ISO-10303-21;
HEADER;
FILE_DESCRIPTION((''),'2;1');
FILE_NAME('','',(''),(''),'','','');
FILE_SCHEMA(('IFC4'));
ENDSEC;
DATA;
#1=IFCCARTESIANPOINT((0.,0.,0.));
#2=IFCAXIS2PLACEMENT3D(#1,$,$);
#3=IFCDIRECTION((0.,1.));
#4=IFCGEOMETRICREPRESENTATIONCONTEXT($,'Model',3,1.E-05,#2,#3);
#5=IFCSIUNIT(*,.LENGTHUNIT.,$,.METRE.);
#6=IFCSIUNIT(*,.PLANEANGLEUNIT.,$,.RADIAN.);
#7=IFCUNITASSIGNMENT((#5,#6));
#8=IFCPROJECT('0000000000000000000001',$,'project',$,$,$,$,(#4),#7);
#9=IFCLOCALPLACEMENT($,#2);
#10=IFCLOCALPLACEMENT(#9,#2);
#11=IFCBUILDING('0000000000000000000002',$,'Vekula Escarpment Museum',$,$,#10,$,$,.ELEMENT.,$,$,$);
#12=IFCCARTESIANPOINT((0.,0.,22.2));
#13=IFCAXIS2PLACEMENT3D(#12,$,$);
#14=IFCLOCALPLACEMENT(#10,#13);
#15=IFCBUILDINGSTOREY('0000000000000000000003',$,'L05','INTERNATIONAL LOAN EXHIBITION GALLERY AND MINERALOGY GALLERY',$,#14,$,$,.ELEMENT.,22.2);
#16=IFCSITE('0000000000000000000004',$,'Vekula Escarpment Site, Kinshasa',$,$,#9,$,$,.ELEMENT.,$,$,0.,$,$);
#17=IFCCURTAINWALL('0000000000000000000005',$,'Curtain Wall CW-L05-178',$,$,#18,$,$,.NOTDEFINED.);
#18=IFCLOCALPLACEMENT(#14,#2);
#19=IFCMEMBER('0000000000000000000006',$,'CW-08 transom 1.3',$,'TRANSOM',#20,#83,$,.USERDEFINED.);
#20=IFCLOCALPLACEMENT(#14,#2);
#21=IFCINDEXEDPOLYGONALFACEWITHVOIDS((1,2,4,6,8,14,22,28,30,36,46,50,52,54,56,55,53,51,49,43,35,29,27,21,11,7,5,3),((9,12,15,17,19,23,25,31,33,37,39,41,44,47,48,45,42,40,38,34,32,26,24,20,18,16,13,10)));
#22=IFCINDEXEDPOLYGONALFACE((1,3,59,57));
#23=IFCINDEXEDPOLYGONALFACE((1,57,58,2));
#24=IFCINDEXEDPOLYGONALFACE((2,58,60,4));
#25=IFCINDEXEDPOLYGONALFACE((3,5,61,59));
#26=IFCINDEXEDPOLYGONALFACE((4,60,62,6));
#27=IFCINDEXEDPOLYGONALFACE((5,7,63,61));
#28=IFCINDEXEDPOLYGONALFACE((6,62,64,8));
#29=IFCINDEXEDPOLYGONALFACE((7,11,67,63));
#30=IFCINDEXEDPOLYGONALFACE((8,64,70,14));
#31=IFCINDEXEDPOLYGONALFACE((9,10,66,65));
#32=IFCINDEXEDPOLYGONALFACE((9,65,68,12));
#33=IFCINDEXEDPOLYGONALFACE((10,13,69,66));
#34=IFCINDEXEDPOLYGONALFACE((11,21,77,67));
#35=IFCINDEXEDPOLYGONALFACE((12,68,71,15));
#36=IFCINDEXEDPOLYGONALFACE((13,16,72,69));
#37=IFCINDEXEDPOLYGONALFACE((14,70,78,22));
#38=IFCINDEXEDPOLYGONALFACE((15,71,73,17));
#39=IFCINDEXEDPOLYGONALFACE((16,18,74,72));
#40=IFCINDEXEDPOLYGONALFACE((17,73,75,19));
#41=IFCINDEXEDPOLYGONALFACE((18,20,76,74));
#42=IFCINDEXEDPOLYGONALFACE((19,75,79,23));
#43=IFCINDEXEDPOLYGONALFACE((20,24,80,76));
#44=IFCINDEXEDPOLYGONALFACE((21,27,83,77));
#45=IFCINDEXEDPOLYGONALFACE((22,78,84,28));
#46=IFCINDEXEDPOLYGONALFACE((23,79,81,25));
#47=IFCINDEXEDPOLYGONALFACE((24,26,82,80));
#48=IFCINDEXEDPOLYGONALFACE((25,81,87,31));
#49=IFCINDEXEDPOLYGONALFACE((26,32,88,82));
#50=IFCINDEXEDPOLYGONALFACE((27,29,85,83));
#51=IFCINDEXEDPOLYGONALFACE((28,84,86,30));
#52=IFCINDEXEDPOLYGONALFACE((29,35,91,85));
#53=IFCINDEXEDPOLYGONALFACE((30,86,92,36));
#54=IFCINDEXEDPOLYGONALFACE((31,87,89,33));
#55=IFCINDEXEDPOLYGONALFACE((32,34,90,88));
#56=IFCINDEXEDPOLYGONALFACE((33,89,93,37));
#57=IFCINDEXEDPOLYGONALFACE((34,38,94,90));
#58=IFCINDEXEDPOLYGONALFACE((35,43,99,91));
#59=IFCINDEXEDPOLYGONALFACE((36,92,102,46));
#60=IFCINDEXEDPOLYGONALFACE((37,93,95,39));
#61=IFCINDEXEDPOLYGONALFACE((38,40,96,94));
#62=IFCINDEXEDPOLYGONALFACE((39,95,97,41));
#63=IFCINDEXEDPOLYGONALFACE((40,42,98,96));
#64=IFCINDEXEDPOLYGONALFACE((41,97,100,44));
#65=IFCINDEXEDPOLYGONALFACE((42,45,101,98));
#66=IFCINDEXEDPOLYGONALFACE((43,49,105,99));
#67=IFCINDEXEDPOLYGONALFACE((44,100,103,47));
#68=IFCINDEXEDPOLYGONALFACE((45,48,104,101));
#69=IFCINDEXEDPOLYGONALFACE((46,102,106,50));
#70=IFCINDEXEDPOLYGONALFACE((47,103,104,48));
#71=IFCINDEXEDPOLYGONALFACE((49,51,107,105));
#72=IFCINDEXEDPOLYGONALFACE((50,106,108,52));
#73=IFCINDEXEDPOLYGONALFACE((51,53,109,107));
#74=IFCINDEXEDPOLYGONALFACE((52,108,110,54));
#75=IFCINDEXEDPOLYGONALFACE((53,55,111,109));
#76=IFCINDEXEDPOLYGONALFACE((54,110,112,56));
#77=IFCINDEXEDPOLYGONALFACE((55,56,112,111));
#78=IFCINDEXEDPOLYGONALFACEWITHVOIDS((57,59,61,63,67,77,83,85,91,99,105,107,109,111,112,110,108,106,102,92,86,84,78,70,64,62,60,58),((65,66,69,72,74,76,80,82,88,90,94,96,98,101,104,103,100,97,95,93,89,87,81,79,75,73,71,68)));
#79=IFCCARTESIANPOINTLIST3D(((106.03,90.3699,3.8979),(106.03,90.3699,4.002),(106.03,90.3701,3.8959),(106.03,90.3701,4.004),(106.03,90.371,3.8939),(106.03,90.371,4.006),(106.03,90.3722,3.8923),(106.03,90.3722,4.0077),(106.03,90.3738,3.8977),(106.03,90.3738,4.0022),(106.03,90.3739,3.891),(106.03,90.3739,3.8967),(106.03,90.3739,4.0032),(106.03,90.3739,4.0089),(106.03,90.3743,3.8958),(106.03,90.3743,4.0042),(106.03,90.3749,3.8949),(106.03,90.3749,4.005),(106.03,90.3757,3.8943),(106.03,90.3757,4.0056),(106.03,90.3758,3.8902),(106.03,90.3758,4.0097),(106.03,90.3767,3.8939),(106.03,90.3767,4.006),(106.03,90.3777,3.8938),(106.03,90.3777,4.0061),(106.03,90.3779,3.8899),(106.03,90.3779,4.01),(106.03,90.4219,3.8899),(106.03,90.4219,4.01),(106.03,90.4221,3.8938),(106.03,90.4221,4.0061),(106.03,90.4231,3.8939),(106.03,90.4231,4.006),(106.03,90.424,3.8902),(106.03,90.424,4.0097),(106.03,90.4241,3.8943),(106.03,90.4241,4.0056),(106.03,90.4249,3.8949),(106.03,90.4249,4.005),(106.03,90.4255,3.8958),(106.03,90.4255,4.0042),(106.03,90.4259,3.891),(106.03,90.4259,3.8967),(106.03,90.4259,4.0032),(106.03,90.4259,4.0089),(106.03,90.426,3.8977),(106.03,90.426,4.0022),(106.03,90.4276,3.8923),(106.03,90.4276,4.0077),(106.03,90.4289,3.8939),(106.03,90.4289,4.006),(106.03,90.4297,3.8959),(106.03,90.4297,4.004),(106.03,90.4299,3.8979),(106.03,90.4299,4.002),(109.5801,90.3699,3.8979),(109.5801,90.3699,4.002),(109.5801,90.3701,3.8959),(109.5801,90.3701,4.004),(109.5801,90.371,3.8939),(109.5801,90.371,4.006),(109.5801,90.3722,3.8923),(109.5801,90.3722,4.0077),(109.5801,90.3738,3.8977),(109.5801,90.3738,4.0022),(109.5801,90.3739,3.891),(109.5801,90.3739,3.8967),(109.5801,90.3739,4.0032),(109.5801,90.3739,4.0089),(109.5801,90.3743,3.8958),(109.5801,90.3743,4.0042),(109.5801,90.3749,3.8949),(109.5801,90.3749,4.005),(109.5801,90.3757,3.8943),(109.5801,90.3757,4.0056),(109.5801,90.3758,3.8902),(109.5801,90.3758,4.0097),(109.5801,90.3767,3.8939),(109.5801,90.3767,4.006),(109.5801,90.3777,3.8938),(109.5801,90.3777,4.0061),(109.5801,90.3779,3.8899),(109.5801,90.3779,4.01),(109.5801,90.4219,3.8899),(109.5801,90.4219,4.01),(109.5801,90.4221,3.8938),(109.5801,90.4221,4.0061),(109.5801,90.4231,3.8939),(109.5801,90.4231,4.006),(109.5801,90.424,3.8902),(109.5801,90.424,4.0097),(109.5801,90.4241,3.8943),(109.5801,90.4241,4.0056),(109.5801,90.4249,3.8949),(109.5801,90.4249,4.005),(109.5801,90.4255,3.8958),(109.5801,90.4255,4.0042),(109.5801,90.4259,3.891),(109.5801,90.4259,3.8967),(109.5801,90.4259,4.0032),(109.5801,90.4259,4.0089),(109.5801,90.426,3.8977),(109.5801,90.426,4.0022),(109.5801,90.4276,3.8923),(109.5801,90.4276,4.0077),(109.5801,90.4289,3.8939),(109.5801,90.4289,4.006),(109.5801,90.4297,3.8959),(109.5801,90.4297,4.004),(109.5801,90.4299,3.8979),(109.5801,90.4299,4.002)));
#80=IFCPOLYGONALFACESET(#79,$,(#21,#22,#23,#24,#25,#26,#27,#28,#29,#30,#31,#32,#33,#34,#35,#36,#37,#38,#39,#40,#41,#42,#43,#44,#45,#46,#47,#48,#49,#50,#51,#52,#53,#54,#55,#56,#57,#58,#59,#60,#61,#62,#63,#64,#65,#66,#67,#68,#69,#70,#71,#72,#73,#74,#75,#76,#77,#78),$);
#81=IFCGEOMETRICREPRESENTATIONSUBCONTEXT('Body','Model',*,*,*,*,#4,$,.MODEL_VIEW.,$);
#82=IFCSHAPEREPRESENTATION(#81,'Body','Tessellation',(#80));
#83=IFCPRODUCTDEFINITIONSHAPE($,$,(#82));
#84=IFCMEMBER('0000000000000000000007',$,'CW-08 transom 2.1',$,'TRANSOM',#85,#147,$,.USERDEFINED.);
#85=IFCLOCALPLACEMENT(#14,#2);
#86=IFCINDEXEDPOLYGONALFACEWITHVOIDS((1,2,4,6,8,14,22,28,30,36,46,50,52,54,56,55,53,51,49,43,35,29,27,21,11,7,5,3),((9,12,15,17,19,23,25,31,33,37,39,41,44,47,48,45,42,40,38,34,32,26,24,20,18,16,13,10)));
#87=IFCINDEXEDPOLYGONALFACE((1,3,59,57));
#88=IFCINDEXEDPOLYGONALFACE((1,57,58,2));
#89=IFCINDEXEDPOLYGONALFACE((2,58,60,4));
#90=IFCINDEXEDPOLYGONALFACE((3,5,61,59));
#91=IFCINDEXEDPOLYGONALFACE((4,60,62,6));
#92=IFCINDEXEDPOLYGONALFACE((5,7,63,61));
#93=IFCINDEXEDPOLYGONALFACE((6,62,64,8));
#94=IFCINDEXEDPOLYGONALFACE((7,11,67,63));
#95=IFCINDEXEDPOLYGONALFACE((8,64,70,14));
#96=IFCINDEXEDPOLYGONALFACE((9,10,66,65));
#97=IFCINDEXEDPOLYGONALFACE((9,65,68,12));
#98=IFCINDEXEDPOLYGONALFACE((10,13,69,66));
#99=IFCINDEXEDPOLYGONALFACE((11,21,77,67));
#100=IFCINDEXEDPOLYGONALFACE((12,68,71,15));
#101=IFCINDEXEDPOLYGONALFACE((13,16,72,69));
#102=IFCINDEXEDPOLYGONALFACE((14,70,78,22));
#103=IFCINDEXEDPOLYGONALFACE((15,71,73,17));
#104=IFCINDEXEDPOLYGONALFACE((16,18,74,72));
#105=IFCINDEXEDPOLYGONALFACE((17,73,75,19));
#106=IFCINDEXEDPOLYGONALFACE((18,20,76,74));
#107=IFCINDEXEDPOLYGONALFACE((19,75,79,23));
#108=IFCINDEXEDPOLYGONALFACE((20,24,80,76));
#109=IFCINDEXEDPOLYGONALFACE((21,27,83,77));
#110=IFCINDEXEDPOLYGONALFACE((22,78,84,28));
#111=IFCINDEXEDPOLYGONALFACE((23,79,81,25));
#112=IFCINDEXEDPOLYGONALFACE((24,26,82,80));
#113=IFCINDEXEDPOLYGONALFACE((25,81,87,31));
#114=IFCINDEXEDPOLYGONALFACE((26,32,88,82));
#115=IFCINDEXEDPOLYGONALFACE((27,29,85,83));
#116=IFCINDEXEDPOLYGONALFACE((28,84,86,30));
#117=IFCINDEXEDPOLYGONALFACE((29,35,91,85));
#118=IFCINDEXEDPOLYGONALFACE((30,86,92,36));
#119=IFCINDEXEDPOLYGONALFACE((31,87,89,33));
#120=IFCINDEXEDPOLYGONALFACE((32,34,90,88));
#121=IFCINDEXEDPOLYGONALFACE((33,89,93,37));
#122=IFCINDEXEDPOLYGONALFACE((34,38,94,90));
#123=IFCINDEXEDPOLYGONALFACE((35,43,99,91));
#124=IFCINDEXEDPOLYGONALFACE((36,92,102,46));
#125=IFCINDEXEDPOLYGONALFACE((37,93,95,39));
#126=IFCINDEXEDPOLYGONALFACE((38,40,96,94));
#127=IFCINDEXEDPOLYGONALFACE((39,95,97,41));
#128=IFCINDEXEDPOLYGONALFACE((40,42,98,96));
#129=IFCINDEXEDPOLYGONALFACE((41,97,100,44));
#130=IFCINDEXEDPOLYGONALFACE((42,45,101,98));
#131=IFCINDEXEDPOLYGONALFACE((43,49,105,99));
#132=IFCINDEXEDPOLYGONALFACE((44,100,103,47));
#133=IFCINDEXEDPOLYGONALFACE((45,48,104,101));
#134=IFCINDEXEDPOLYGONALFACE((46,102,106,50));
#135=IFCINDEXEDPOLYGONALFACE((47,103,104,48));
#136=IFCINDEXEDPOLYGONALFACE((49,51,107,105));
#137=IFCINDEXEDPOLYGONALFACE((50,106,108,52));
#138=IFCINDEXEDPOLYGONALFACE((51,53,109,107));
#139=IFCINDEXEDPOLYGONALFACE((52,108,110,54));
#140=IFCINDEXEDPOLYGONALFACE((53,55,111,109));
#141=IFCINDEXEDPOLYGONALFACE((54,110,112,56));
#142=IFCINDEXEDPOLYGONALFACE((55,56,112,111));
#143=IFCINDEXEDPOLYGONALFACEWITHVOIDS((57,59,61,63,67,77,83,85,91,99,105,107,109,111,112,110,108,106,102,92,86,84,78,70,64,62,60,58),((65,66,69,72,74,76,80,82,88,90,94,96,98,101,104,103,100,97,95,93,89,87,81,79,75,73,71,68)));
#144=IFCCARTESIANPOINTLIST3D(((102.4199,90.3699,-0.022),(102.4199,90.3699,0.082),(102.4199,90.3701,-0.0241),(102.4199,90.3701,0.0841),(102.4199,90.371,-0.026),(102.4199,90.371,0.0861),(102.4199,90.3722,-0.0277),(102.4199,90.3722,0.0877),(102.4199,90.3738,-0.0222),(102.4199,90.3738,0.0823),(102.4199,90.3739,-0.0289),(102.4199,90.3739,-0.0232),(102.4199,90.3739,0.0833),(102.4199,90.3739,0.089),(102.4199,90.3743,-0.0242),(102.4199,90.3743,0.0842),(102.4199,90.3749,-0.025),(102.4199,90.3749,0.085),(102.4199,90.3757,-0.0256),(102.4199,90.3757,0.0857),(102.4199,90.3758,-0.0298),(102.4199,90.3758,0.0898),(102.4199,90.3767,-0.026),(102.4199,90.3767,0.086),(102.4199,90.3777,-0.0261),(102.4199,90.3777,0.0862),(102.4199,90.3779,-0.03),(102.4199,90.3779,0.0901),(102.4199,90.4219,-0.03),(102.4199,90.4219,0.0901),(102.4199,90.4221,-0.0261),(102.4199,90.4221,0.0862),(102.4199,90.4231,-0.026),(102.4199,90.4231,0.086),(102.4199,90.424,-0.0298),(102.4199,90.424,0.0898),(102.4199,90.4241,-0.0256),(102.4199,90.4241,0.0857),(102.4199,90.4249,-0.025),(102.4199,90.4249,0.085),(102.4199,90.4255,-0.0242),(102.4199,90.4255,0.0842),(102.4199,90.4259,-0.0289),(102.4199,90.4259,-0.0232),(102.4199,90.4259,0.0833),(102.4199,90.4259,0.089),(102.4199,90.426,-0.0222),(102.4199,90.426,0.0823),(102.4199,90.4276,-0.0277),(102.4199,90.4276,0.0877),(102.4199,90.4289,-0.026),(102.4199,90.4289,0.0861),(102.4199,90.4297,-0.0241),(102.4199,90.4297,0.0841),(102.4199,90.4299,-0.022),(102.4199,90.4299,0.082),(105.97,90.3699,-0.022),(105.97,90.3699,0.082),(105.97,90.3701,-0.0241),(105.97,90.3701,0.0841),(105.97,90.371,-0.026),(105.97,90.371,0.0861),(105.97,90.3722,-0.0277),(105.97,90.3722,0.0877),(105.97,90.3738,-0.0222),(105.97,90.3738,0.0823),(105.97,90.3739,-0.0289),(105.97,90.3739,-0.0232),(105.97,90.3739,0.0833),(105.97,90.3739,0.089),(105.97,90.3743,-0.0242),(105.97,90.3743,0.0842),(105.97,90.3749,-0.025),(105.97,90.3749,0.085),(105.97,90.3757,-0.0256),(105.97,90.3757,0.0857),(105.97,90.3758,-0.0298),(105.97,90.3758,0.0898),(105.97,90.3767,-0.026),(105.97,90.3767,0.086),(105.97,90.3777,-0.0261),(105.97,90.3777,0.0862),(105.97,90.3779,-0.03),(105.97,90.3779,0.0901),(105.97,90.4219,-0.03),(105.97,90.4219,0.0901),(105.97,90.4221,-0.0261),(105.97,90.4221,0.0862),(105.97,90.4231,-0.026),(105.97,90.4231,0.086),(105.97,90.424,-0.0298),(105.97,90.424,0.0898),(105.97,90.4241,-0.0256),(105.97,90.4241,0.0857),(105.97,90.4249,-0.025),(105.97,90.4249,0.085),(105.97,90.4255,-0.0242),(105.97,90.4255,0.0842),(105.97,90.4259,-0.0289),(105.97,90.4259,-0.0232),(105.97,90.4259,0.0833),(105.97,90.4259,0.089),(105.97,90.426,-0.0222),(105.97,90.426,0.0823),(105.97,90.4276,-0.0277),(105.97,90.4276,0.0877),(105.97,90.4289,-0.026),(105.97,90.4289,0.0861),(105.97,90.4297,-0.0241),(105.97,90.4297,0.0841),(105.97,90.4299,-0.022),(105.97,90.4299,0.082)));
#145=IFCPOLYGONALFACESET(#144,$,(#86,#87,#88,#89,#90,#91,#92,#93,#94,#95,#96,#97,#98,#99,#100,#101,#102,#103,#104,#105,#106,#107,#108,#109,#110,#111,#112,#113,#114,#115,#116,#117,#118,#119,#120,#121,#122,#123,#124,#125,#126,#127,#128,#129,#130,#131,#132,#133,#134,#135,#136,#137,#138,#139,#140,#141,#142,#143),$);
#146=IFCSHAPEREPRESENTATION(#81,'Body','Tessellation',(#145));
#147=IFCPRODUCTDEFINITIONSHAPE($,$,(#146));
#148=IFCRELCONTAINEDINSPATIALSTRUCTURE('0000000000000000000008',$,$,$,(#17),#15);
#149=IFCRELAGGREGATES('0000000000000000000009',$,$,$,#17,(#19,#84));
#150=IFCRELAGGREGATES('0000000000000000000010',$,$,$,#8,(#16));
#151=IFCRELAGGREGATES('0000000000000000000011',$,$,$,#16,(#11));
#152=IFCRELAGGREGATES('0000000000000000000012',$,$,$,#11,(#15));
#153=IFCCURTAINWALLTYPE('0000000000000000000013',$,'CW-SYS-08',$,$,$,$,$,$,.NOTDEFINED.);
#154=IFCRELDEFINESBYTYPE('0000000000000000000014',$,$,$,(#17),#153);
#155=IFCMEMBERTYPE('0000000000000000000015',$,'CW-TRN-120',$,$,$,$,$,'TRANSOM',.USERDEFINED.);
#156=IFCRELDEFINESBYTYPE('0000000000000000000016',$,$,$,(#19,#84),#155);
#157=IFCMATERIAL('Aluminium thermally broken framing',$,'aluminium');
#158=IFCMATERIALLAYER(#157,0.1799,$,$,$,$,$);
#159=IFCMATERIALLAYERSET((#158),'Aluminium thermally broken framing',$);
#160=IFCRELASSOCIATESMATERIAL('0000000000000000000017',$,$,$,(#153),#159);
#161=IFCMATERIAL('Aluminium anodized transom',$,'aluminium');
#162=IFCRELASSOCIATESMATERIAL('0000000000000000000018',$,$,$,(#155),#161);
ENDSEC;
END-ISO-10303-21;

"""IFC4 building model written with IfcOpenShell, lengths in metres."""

from ifc_helpers import new_model, si_unit, direction, frame, origin, origin_2d, place, context, subcontext, project, spatial, hollow_rectangle, extrude, material, layer, layer_set, material_profile, profile_set, type_object, element, aggregate, save


model = new_model("IFC4")

# Units and contexts
model_context = context("Model", 3, precision=1e-05, world=origin(), true_north=direction((0.0, 1.0)))
body_context = subcontext(model_context, "Body", "Model", "MODEL_VIEW")
ifc_project = project(units=[si_unit("LENGTHUNIT", "METRE"), si_unit("PLANEANGLEUNIT", "RADIAN")], contexts=[model_context])

# Site, building, storey
site_placement = place(None, origin())
site = spatial("IfcSite", under=ifc_project, at=site_placement, Name="Vekula Escarpment Site, Kinshasa", CompositionType="ELEMENT", RefElevation=0.0)
building_placement = place(site_placement, origin())
building = spatial("IfcBuilding", under=site, at=building_placement, Name="Vekula Escarpment Museum", CompositionType="ELEMENT")
storey_placement = place(building_placement, frame((0.0, 0.0, 22.2)))
storey = spatial("IfcBuildingStorey", under=building, at=storey_placement, Name="L05", Description="INTERNATIONAL LOAN EXHIBITION GALLERY AND MINERALOGY GALLERY", CompositionType="ELEMENT", Elevation=22.2)

# Curtain wall, members
ifc_material_1 = material(Name="Aluminium thermally broken framing", Category="aluminium")
ifc_layer_1 = layer(ifc_material_1, 0.1799)
ifc_layer_set_1 = layer_set([ifc_layer_1], Name="Aluminium thermally broken framing")
curtain_wall_type_1 = type_object("IfcCurtainWallType", Name="CW-SYS-08", PredefinedType="NOTDEFINED", material=ifc_layer_set_1)
curtain_wall_1_placement = place(storey_placement, origin())
curtain_wall_1 = element("IfcCurtainWall", 1, at=curtain_wall_1_placement, inside=storey, type_object=curtain_wall_type_1, Name="Curtain Wall CW-L05-178", PredefinedType="NOTDEFINED")
ifc_material_2 = material(Name="Aluminium anodized transom", Category="aluminium")
ifc_material_profile_1 = material_profile(ifc_material_2, hollow_rectangle(XDim=0.0601, YDim=0.1201, WallThickness=0.0039, InnerFilletRadius=0.0039, OuterFilletRadius=0.0081, at=origin_2d()), Name="ALU 120x60x4")
ifc_profile_set_1 = profile_set([ifc_material_profile_1], Name="Aluminium anodized transom")
member_type_1 = type_object("IfcMemberType", Name="CW-TRN-120", ElementType="TRANSOM", PredefinedType="USERDEFINED", material=ifc_profile_set_1)
member_1_placement = place(storey_placement, frame((109.5801, 90.3999, 3.95), z_axis=(-1.0, 0.0, 0.0), x_axis=(0.0, -1.0, 0.0)))
member_1 = element("IfcMember", 2, at=member_1_placement, type_object=member_type_1, Name="CW-08 transom 1.3", ObjectType="TRANSOM", PredefinedType="USERDEFINED", context=body_context, shape_type="SweptSolid", body=[
    extrude(hollow_rectangle(XDim=0.0601, YDim=0.1201, WallThickness=0.0039, InnerFilletRadius=0.0039, OuterFilletRadius=0.0081, at=origin_2d()), origin(), (0.0, 0.0, 1.0), 3.55),
])
member_2_placement = place(storey_placement, frame((105.97, 90.3999, 0.03), z_axis=(-1.0, 0.0, 0.0), x_axis=(0.0, -1.0, 0.0)))
member_2 = element("IfcMember", 3, at=member_2_placement, type_object=member_type_1, Name="CW-08 transom 2.1", ObjectType="TRANSOM", PredefinedType="USERDEFINED", context=body_context, shape_type="SweptSolid", body=[
    extrude(hollow_rectangle(XDim=0.0601, YDim=0.1201, WallThickness=0.0039, InnerFilletRadius=0.0039, OuterFilletRadius=0.0081, at=origin_2d()), origin(), (0.0, 0.0, 1.0), 3.55),
])

aggregate(curtain_wall_1, [member_1, member_2])

save(model, "model.ifc")
